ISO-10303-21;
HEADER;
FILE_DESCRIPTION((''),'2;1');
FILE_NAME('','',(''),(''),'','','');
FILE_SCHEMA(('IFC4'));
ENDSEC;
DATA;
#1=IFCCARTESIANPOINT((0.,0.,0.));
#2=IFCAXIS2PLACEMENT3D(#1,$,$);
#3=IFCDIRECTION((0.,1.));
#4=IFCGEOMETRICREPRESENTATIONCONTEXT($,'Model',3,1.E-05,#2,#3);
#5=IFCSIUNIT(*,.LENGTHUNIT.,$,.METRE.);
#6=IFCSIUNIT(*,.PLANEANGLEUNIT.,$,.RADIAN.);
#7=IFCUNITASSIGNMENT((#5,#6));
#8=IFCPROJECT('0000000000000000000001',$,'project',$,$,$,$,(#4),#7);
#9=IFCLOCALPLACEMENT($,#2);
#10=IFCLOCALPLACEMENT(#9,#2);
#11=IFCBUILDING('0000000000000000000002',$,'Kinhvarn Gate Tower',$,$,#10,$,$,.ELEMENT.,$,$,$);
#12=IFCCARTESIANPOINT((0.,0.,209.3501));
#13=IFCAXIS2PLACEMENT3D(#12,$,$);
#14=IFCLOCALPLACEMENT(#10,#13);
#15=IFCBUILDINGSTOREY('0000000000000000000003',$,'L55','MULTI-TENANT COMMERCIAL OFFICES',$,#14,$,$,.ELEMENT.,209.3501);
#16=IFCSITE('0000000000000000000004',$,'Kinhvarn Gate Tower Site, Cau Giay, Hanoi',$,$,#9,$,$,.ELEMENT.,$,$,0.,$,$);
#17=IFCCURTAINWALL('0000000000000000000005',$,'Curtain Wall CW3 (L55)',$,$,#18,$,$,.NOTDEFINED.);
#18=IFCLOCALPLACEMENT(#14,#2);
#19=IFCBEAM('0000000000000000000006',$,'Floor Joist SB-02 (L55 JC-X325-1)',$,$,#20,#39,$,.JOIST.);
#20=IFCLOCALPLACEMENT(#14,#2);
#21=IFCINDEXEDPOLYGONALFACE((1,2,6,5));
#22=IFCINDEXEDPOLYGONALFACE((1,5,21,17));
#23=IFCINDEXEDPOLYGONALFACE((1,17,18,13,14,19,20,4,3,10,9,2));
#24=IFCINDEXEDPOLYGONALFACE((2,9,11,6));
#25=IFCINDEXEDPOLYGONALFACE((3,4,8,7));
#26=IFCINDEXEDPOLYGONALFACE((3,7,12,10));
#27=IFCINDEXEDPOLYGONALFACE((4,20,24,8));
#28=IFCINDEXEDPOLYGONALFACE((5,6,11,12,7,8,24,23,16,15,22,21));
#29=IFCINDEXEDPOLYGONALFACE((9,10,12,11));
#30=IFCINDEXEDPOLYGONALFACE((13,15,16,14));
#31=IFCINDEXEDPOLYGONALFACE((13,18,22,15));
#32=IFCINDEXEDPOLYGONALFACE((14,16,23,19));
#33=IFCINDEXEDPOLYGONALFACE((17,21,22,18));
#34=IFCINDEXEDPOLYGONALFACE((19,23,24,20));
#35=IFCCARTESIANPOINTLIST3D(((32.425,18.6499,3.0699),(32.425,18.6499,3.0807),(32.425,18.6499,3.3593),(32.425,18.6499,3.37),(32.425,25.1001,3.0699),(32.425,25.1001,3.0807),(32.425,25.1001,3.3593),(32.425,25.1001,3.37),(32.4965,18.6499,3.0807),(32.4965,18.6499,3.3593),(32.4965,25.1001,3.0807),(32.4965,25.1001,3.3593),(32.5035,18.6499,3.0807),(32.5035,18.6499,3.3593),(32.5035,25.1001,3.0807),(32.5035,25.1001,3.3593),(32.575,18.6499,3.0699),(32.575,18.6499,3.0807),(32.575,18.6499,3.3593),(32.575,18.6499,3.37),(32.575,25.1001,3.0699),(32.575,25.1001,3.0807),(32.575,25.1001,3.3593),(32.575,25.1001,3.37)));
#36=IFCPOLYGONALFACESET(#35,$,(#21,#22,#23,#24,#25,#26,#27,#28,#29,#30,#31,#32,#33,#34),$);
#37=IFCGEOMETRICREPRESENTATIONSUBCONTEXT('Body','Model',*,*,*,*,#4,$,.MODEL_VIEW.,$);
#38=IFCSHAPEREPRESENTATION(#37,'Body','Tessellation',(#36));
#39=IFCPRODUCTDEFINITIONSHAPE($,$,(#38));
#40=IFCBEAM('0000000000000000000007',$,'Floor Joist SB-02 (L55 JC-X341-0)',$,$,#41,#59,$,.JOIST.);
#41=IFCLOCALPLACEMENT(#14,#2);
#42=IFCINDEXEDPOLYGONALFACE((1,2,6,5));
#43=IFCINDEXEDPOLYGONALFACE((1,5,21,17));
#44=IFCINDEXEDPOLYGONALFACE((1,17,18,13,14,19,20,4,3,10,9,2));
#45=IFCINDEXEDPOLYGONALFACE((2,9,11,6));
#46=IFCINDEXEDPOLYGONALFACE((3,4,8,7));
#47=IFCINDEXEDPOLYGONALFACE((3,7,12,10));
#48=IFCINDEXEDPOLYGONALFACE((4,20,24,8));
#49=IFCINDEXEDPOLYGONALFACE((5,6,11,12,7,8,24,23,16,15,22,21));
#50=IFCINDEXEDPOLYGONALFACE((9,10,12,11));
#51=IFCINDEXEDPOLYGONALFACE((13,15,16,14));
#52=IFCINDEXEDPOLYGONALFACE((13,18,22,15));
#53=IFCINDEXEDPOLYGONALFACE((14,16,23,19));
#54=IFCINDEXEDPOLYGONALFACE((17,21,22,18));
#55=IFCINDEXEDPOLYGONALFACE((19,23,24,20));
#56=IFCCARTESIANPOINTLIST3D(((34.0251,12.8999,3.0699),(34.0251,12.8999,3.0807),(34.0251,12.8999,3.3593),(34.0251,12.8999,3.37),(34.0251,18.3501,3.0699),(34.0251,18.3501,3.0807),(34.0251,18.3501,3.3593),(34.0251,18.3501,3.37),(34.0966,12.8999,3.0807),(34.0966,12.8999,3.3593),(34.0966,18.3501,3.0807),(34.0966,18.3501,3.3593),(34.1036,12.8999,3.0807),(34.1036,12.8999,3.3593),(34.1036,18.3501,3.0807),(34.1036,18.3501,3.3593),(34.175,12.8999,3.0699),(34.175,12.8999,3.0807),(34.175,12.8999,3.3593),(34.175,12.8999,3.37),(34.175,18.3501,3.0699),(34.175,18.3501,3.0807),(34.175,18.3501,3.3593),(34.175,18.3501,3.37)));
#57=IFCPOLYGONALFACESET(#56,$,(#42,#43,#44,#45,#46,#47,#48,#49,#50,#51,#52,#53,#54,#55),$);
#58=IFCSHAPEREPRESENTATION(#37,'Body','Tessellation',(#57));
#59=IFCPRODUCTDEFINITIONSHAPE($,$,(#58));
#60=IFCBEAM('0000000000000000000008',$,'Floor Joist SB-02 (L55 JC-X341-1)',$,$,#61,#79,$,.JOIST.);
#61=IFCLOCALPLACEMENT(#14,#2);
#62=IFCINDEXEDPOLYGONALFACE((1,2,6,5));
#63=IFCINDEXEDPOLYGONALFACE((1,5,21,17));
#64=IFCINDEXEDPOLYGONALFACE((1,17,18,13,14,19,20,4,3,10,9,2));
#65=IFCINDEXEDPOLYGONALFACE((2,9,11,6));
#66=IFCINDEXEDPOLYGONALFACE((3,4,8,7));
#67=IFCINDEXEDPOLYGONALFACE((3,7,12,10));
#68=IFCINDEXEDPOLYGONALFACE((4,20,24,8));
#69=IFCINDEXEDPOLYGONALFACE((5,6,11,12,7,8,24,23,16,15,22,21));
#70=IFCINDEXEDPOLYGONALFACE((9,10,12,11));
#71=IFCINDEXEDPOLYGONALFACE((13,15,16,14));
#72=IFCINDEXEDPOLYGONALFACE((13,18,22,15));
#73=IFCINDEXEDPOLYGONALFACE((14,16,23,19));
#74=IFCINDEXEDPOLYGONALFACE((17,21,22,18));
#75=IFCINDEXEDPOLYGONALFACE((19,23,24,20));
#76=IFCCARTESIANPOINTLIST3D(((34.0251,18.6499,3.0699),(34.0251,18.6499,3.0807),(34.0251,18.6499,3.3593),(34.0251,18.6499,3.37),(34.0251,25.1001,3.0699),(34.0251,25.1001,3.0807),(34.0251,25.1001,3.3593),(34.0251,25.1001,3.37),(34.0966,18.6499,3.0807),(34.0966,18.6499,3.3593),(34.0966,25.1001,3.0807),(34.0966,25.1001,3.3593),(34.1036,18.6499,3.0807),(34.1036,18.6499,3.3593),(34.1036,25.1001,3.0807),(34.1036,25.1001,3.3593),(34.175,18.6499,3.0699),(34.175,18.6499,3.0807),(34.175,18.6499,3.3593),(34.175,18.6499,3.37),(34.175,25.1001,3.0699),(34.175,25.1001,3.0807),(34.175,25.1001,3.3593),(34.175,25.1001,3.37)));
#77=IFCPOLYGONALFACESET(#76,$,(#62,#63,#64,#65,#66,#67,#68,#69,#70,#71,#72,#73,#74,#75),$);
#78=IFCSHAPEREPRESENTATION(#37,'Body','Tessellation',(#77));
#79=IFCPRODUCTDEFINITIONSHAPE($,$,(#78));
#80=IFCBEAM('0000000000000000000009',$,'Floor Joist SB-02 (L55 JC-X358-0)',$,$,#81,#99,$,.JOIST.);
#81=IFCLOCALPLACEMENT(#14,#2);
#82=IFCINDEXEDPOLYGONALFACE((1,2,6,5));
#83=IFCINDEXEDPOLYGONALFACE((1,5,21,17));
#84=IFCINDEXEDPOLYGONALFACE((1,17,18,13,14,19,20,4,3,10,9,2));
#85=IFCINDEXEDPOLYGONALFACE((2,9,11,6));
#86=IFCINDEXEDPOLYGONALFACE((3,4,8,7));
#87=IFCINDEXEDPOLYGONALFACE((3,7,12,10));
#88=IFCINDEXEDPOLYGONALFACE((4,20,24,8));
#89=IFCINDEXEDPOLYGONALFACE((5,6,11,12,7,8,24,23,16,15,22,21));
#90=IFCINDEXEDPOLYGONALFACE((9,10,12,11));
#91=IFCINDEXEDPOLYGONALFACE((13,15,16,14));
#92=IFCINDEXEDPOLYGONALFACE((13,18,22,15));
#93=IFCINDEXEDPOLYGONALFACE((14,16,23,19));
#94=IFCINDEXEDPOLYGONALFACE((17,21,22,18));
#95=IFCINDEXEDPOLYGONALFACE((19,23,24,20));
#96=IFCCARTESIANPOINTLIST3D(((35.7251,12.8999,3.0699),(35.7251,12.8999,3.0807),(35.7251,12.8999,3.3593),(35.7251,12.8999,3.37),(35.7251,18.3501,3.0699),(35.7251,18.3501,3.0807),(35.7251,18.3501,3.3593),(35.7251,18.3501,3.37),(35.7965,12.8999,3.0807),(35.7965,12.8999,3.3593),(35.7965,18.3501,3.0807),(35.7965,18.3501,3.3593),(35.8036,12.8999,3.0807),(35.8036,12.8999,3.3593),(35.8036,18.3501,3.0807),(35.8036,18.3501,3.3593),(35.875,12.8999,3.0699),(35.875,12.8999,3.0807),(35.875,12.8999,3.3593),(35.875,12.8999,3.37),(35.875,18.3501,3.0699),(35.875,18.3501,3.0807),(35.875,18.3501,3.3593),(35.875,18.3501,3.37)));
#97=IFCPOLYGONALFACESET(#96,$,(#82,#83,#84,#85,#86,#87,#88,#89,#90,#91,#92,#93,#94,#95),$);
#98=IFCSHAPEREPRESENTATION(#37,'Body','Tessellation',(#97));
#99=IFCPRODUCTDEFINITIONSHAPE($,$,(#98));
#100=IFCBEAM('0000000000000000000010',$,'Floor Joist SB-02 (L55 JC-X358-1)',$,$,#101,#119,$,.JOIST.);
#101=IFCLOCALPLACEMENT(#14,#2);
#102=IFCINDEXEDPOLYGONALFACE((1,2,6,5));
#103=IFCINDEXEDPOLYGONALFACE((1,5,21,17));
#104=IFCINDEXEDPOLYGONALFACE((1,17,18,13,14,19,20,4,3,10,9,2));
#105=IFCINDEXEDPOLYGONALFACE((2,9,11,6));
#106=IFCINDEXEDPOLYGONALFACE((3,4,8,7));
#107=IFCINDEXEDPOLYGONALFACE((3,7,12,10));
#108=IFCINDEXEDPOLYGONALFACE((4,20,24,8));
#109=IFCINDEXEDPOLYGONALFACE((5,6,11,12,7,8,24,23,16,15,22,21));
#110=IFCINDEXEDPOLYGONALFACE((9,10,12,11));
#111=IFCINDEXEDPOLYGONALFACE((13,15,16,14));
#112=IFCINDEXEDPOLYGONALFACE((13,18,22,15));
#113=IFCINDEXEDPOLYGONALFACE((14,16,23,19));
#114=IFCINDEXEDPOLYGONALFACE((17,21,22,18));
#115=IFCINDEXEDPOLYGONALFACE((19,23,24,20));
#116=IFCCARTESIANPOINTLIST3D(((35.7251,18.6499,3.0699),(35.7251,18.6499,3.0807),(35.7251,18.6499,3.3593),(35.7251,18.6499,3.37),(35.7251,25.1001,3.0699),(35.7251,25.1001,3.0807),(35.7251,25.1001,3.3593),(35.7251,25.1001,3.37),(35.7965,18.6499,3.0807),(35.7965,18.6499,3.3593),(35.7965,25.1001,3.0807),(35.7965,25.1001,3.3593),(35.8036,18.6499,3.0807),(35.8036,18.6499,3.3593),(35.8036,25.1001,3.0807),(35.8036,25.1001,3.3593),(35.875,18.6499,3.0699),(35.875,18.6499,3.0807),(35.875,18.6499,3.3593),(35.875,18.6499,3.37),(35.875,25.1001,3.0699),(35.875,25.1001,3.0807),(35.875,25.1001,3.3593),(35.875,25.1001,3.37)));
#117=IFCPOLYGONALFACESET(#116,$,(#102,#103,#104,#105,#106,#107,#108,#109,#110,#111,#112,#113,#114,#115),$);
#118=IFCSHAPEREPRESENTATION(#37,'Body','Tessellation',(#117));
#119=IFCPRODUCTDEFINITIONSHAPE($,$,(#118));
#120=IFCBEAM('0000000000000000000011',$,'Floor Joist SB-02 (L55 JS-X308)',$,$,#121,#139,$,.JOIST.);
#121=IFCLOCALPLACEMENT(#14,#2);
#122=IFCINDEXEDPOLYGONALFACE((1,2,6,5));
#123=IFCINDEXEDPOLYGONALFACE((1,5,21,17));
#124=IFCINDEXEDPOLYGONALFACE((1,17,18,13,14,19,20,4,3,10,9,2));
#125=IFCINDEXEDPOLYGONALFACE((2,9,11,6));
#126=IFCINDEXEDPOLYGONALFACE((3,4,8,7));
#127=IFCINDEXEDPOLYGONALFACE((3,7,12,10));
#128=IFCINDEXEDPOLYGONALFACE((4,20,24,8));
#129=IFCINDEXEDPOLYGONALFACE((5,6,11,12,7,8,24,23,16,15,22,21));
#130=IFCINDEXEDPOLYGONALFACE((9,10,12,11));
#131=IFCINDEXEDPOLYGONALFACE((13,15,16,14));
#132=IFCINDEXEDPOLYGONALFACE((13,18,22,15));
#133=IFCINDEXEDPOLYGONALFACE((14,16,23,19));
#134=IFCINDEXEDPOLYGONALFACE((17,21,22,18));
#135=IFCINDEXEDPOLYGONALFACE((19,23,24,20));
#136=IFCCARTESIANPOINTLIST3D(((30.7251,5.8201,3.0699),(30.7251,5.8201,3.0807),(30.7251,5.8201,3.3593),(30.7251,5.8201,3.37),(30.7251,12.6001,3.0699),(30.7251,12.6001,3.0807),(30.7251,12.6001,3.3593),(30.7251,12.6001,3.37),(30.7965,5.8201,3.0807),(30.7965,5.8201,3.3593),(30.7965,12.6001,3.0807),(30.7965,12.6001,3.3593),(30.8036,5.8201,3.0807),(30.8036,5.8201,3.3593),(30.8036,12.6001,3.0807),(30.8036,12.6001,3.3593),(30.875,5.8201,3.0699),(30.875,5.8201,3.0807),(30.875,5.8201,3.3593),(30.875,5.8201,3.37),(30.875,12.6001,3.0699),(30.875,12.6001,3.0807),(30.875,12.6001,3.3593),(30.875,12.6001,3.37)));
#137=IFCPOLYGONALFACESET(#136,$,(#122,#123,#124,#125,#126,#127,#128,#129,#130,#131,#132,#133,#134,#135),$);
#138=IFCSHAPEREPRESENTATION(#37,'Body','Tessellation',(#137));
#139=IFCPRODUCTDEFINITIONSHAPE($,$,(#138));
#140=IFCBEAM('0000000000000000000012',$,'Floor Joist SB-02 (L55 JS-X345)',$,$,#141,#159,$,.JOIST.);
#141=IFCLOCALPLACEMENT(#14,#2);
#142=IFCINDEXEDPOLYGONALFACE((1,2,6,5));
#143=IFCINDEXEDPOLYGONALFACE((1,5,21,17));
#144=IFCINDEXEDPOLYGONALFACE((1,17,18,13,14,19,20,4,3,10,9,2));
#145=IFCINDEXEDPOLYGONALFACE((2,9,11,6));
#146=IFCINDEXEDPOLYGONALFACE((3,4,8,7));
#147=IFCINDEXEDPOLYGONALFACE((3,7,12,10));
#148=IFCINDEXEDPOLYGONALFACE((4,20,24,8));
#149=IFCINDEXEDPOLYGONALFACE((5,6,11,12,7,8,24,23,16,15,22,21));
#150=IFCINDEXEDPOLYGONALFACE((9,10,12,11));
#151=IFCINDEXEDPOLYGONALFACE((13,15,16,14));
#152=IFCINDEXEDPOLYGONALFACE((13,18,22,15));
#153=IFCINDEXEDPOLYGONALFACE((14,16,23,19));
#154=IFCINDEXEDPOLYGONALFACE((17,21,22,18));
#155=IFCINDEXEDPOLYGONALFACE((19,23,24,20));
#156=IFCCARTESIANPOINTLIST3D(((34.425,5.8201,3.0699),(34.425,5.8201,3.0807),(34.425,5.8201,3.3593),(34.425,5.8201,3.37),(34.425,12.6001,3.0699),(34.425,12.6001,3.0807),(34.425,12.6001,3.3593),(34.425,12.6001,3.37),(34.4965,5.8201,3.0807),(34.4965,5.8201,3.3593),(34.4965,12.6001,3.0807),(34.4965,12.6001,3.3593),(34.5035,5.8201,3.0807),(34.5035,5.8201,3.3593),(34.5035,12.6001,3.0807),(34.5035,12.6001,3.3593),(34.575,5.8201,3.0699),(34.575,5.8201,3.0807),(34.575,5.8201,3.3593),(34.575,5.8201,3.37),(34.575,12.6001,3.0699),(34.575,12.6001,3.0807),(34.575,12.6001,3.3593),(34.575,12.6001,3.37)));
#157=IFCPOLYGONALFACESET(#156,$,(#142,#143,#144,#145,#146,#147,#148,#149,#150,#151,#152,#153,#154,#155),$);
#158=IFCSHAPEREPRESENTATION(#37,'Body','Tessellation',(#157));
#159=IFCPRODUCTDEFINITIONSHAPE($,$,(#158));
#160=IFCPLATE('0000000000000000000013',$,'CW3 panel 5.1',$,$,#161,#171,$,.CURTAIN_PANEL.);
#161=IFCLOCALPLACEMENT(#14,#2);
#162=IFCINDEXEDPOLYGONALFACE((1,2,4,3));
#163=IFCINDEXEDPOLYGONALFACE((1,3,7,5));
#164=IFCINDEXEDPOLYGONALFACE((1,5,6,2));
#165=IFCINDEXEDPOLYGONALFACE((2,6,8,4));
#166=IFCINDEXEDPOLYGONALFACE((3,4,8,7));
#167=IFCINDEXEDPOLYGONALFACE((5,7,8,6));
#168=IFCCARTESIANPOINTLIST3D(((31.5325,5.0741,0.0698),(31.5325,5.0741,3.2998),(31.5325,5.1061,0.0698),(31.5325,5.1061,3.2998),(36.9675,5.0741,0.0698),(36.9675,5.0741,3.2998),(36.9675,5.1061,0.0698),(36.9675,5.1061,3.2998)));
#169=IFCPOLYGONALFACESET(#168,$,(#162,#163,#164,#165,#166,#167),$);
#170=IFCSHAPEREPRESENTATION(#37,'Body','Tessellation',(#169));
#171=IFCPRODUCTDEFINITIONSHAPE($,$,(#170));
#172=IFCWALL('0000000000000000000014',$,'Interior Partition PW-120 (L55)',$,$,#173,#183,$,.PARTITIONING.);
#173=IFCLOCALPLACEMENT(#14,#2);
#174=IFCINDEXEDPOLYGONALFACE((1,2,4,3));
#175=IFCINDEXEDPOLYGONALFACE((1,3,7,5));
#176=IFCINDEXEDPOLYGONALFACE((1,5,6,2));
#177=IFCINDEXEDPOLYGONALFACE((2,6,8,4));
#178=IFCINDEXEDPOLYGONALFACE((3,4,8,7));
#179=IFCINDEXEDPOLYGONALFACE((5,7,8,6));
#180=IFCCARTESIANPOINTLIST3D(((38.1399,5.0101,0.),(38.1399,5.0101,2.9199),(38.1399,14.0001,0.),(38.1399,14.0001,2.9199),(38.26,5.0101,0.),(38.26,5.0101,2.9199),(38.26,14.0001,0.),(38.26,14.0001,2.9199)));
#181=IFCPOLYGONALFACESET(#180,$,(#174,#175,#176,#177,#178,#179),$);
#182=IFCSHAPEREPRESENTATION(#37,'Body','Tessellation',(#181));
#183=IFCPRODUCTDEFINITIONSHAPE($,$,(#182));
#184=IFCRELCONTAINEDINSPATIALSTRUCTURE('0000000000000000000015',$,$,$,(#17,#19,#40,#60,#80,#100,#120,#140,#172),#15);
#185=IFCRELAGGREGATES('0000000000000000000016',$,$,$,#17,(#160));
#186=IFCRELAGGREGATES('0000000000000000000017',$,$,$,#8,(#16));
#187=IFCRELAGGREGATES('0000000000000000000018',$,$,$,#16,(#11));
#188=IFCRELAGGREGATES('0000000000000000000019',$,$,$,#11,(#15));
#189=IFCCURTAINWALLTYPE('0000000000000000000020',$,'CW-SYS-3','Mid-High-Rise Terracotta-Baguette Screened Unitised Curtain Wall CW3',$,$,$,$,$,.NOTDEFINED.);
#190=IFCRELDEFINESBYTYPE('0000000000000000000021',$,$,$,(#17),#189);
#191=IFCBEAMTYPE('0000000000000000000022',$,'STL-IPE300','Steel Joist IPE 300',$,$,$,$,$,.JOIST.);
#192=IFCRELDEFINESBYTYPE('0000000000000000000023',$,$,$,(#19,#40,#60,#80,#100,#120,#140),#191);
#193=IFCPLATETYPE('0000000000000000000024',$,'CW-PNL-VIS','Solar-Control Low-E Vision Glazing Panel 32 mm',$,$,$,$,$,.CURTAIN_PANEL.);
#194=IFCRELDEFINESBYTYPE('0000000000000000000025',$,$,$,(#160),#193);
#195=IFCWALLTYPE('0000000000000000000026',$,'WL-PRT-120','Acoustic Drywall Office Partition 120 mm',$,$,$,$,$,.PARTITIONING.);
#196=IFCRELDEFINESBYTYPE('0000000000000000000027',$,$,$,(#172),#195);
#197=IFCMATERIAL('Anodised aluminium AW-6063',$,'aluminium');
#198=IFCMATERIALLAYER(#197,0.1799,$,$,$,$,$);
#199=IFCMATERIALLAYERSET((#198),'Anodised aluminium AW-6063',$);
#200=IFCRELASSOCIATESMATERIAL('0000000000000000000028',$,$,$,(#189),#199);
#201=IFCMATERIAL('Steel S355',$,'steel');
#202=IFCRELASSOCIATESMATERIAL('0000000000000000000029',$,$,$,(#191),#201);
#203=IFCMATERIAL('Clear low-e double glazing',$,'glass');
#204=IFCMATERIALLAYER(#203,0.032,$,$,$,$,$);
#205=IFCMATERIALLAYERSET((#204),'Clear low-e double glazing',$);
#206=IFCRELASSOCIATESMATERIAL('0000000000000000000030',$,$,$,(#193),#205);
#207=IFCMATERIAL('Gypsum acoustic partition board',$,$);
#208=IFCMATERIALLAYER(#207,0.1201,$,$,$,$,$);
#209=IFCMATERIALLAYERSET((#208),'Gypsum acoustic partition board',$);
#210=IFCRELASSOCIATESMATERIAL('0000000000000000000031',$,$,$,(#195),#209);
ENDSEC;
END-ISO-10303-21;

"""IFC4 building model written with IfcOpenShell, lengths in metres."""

from ifc_helpers import new_model, si_unit, direction, frame, frame_2d, origin, origin_2d, place, context, subcontext, project, spatial, rectangle, i_section, extrude, material, layer, layer_set, material_profile, profile_set, type_object, element, aggregate, save


model = new_model("IFC4")

# Units and contexts
model_context = context("Model", 3, precision=1e-05, world=origin(), true_north=direction((0.0, 1.0)))
body_context = subcontext(model_context, "Body", "Model", "MODEL_VIEW")
ifc_project = project(units=[si_unit("LENGTHUNIT", "METRE"), si_unit("PLANEANGLEUNIT", "RADIAN")], contexts=[model_context])

# Site, building, storey
site_placement = place(None, origin())
site = spatial("IfcSite", under=ifc_project, at=site_placement, Name="Kinhvarn Gate Tower Site, Cau Giay, Hanoi", CompositionType="ELEMENT", RefElevation=0.0)
building_placement = place(site_placement, origin())
building = spatial("IfcBuilding", under=site, at=building_placement, Name="Kinhvarn Gate Tower", CompositionType="ELEMENT")
storey_placement = place(building_placement, frame((0.0, 0.0, 209.3501)))
storey = spatial("IfcBuildingStorey", under=building, at=storey_placement, Name="L55", Description="MULTI-TENANT COMMERCIAL OFFICES", CompositionType="ELEMENT", Elevation=209.3501)

# Curtain wall
ifc_material_1 = material(Name="Anodised aluminium AW-6063", Category="aluminium")
ifc_layer_1 = layer(ifc_material_1, 0.1799)
ifc_layer_set_1 = layer_set([ifc_layer_1], Name="Anodised aluminium AW-6063")
curtain_wall_type = type_object("IfcCurtainWallType", Name="CW-SYS-3", Description="Mid-High-Rise Terracotta-Baguette Screened Unitised Curtain Wall CW3", PredefinedType="NOTDEFINED", material=ifc_layer_set_1)
curtain_wall_placement = place(storey_placement, origin())
curtain_wall = element("IfcCurtainWall", 1, at=curtain_wall_placement, inside=storey, type_object=curtain_wall_type, Name="Curtain Wall CW3 (L55)", PredefinedType="NOTDEFINED")

# Beams
ifc_material_2 = material(Name="Steel S355", Category="steel")
ifc_material_profile_1 = material_profile(ifc_material_2, i_section(OverallWidth=0.1499, OverallDepth=0.3, WebThickness=0.0071, FlangeThickness=0.0107, at=origin_2d()), Name="IPE 300")
ifc_profile_set_1 = profile_set([ifc_material_profile_1], Name="Steel S355")
beam_type = type_object("IfcBeamType", Name="STL-IPE300", Description="Steel Joist IPE 300", PredefinedType="JOIST", material=ifc_profile_set_1)
beam_1_placement = place(storey_placement, frame((32.5, 18.6499, 3.22), z_axis=(0.0, 1.0, 0.0), x_axis=(-1.0, 0.0, 0.0)))
element("IfcBeam", 2, at=beam_1_placement, inside=storey, type_object=beam_type, Name="Floor Joist SB-02 (L55 JC-X325-1)", PredefinedType="JOIST", context=body_context, shape_type="SweptSolid", body=[
    extrude(i_section(OverallWidth=0.1499, OverallDepth=0.3, WebThickness=0.0071, FlangeThickness=0.0107, at=origin_2d()), origin(), (0.0, 0.0, 1.0), 6.4502),
])
beam_2_placement = place(storey_placement, frame((34.1001, 12.8999, 3.22), z_axis=(0.0, 1.0, 0.0), x_axis=(-1.0, 0.0, 0.0)))
element("IfcBeam", 3, at=beam_2_placement, inside=storey, type_object=beam_type, Name="Floor Joist SB-02 (L55 JC-X341-0)", PredefinedType="JOIST", context=body_context, shape_type="SweptSolid", body=[
    extrude(i_section(OverallWidth=0.1499, OverallDepth=0.3, WebThickness=0.0071, FlangeThickness=0.0107, at=origin_2d()), origin(), (0.0, 0.0, 1.0), 5.4502),
])
beam_3_placement = place(storey_placement, frame((34.1001, 18.6499, 3.22), z_axis=(0.0, 1.0, 0.0), x_axis=(-1.0, 0.0, 0.0)))
element("IfcBeam", 4, at=beam_3_placement, inside=storey, type_object=beam_type, Name="Floor Joist SB-02 (L55 JC-X341-1)", PredefinedType="JOIST", context=body_context, shape_type="SweptSolid", body=[
    extrude(i_section(OverallWidth=0.1499, OverallDepth=0.3, WebThickness=0.0071, FlangeThickness=0.0107, at=origin_2d()), origin(), (0.0, 0.0, 1.0), 6.4502),
])
beam_4_placement = place(storey_placement, frame((35.8, 12.8999, 3.22), z_axis=(0.0, 1.0, 0.0), x_axis=(-1.0, 0.0, 0.0)))
element("IfcBeam", 5, at=beam_4_placement, inside=storey, type_object=beam_type, Name="Floor Joist SB-02 (L55 JC-X358-0)", PredefinedType="JOIST", context=body_context, shape_type="SweptSolid", body=[
    extrude(i_section(OverallWidth=0.1499, OverallDepth=0.3, WebThickness=0.0071, FlangeThickness=0.0107, at=origin_2d()), origin(), (0.0, 0.0, 1.0), 5.4502),
])
beam_5_placement = place(storey_placement, frame((35.8, 18.6499, 3.22), z_axis=(0.0, 1.0, 0.0), x_axis=(-1.0, 0.0, 0.0)))
element("IfcBeam", 6, at=beam_5_placement, inside=storey, type_object=beam_type, Name="Floor Joist SB-02 (L55 JC-X358-1)", PredefinedType="JOIST", context=body_context, shape_type="SweptSolid", body=[
    extrude(i_section(OverallWidth=0.1499, OverallDepth=0.3, WebThickness=0.0071, FlangeThickness=0.0107, at=origin_2d()), origin(), (0.0, 0.0, 1.0), 6.4502),
])
for number, where, z_axis, x_axis, name in (
    (7, (30.8, 5.8201, 3.22), (0.0, 1.0, 0.0), (-1.0, 0.0, 0.0), "Floor Joist SB-02 (L55 JS-X308)"),
    (8, (34.5, 5.8201, 3.22), (0.0, 1.0, 0.0), (-1.0, 0.0, 0.0), "Floor Joist SB-02 (L55 JS-X345)"),
):
    element("IfcBeam", number, at=place(storey_placement, frame(where, z_axis=z_axis, x_axis=x_axis)), inside=storey, type_object=beam_type, Name=name, PredefinedType="JOIST", context=body_context, shape_type="SweptSolid", body=[
        extrude(i_section(OverallWidth=0.1499, OverallDepth=0.3, WebThickness=0.0071, FlangeThickness=0.0107, at=origin_2d()), origin(), (0.0, 0.0, 1.0), 6.78),
    ])

# Plate
ifc_material_3 = material(Name="Clear low-e double glazing", Category="glass")
ifc_layer_2 = layer(ifc_material_3, 0.032)
ifc_layer_set_2 = layer_set([ifc_layer_2], Name="Clear low-e double glazing")
plate_type = type_object("IfcPlateType", Name="CW-PNL-VIS", Description="Solar-Control Low-E Vision Glazing Panel 32 mm", PredefinedType="CURTAIN_PANEL", material=ifc_layer_set_2)
plate_placement = place(storey_placement, frame((34.25, 5.0901, 0.0698), z_axis=(0.0, 0.0, 1.0), x_axis=(1.0, 0.0, 0.0)))
plate = element("IfcPlate", 9, at=plate_placement, type_object=plate_type, Name="CW3 panel 5.1", PredefinedType="CURTAIN_PANEL", context=body_context, shape_type="SweptSolid", body=[
    extrude(rectangle(XDim=5.4351, YDim=0.032, at=origin_2d()), origin(), (0.0, 0.0, 1.0), 3.23),
])
aggregate(curtain_wall, [plate])

# Wall
ifc_material_4 = material(Name="Gypsum acoustic partition board")
ifc_layer_3 = layer(ifc_material_4, 0.1201)
ifc_layer_set_3 = layer_set([ifc_layer_3], Name="Gypsum acoustic partition board")
wall_type_1 = type_object("IfcWallType", Name="WL-PRT-120", Description="Acoustic Drywall Office Partition 120 mm", PredefinedType="PARTITIONING", material=ifc_layer_set_3)
wall_1_placement = place(storey_placement, frame((38.2, 5.01, 0.0), z_axis=(0.0, 0.0, 1.0), x_axis=(0.0, 1.0, 0.0)))
element("IfcWall", 10, at=wall_1_placement, inside=storey, type_object=wall_type_1, Name="Interior Partition PW-120 (L55)", PredefinedType="PARTITIONING", context=body_context, shape_type="SweptSolid", body=[
    extrude(rectangle(XDim=8.99, YDim=0.1201, at=frame_2d((4.4951, 0.0))), origin(), (0.0, 0.0, 1.0), 2.9199),
])

save(model, "model.ifc")
